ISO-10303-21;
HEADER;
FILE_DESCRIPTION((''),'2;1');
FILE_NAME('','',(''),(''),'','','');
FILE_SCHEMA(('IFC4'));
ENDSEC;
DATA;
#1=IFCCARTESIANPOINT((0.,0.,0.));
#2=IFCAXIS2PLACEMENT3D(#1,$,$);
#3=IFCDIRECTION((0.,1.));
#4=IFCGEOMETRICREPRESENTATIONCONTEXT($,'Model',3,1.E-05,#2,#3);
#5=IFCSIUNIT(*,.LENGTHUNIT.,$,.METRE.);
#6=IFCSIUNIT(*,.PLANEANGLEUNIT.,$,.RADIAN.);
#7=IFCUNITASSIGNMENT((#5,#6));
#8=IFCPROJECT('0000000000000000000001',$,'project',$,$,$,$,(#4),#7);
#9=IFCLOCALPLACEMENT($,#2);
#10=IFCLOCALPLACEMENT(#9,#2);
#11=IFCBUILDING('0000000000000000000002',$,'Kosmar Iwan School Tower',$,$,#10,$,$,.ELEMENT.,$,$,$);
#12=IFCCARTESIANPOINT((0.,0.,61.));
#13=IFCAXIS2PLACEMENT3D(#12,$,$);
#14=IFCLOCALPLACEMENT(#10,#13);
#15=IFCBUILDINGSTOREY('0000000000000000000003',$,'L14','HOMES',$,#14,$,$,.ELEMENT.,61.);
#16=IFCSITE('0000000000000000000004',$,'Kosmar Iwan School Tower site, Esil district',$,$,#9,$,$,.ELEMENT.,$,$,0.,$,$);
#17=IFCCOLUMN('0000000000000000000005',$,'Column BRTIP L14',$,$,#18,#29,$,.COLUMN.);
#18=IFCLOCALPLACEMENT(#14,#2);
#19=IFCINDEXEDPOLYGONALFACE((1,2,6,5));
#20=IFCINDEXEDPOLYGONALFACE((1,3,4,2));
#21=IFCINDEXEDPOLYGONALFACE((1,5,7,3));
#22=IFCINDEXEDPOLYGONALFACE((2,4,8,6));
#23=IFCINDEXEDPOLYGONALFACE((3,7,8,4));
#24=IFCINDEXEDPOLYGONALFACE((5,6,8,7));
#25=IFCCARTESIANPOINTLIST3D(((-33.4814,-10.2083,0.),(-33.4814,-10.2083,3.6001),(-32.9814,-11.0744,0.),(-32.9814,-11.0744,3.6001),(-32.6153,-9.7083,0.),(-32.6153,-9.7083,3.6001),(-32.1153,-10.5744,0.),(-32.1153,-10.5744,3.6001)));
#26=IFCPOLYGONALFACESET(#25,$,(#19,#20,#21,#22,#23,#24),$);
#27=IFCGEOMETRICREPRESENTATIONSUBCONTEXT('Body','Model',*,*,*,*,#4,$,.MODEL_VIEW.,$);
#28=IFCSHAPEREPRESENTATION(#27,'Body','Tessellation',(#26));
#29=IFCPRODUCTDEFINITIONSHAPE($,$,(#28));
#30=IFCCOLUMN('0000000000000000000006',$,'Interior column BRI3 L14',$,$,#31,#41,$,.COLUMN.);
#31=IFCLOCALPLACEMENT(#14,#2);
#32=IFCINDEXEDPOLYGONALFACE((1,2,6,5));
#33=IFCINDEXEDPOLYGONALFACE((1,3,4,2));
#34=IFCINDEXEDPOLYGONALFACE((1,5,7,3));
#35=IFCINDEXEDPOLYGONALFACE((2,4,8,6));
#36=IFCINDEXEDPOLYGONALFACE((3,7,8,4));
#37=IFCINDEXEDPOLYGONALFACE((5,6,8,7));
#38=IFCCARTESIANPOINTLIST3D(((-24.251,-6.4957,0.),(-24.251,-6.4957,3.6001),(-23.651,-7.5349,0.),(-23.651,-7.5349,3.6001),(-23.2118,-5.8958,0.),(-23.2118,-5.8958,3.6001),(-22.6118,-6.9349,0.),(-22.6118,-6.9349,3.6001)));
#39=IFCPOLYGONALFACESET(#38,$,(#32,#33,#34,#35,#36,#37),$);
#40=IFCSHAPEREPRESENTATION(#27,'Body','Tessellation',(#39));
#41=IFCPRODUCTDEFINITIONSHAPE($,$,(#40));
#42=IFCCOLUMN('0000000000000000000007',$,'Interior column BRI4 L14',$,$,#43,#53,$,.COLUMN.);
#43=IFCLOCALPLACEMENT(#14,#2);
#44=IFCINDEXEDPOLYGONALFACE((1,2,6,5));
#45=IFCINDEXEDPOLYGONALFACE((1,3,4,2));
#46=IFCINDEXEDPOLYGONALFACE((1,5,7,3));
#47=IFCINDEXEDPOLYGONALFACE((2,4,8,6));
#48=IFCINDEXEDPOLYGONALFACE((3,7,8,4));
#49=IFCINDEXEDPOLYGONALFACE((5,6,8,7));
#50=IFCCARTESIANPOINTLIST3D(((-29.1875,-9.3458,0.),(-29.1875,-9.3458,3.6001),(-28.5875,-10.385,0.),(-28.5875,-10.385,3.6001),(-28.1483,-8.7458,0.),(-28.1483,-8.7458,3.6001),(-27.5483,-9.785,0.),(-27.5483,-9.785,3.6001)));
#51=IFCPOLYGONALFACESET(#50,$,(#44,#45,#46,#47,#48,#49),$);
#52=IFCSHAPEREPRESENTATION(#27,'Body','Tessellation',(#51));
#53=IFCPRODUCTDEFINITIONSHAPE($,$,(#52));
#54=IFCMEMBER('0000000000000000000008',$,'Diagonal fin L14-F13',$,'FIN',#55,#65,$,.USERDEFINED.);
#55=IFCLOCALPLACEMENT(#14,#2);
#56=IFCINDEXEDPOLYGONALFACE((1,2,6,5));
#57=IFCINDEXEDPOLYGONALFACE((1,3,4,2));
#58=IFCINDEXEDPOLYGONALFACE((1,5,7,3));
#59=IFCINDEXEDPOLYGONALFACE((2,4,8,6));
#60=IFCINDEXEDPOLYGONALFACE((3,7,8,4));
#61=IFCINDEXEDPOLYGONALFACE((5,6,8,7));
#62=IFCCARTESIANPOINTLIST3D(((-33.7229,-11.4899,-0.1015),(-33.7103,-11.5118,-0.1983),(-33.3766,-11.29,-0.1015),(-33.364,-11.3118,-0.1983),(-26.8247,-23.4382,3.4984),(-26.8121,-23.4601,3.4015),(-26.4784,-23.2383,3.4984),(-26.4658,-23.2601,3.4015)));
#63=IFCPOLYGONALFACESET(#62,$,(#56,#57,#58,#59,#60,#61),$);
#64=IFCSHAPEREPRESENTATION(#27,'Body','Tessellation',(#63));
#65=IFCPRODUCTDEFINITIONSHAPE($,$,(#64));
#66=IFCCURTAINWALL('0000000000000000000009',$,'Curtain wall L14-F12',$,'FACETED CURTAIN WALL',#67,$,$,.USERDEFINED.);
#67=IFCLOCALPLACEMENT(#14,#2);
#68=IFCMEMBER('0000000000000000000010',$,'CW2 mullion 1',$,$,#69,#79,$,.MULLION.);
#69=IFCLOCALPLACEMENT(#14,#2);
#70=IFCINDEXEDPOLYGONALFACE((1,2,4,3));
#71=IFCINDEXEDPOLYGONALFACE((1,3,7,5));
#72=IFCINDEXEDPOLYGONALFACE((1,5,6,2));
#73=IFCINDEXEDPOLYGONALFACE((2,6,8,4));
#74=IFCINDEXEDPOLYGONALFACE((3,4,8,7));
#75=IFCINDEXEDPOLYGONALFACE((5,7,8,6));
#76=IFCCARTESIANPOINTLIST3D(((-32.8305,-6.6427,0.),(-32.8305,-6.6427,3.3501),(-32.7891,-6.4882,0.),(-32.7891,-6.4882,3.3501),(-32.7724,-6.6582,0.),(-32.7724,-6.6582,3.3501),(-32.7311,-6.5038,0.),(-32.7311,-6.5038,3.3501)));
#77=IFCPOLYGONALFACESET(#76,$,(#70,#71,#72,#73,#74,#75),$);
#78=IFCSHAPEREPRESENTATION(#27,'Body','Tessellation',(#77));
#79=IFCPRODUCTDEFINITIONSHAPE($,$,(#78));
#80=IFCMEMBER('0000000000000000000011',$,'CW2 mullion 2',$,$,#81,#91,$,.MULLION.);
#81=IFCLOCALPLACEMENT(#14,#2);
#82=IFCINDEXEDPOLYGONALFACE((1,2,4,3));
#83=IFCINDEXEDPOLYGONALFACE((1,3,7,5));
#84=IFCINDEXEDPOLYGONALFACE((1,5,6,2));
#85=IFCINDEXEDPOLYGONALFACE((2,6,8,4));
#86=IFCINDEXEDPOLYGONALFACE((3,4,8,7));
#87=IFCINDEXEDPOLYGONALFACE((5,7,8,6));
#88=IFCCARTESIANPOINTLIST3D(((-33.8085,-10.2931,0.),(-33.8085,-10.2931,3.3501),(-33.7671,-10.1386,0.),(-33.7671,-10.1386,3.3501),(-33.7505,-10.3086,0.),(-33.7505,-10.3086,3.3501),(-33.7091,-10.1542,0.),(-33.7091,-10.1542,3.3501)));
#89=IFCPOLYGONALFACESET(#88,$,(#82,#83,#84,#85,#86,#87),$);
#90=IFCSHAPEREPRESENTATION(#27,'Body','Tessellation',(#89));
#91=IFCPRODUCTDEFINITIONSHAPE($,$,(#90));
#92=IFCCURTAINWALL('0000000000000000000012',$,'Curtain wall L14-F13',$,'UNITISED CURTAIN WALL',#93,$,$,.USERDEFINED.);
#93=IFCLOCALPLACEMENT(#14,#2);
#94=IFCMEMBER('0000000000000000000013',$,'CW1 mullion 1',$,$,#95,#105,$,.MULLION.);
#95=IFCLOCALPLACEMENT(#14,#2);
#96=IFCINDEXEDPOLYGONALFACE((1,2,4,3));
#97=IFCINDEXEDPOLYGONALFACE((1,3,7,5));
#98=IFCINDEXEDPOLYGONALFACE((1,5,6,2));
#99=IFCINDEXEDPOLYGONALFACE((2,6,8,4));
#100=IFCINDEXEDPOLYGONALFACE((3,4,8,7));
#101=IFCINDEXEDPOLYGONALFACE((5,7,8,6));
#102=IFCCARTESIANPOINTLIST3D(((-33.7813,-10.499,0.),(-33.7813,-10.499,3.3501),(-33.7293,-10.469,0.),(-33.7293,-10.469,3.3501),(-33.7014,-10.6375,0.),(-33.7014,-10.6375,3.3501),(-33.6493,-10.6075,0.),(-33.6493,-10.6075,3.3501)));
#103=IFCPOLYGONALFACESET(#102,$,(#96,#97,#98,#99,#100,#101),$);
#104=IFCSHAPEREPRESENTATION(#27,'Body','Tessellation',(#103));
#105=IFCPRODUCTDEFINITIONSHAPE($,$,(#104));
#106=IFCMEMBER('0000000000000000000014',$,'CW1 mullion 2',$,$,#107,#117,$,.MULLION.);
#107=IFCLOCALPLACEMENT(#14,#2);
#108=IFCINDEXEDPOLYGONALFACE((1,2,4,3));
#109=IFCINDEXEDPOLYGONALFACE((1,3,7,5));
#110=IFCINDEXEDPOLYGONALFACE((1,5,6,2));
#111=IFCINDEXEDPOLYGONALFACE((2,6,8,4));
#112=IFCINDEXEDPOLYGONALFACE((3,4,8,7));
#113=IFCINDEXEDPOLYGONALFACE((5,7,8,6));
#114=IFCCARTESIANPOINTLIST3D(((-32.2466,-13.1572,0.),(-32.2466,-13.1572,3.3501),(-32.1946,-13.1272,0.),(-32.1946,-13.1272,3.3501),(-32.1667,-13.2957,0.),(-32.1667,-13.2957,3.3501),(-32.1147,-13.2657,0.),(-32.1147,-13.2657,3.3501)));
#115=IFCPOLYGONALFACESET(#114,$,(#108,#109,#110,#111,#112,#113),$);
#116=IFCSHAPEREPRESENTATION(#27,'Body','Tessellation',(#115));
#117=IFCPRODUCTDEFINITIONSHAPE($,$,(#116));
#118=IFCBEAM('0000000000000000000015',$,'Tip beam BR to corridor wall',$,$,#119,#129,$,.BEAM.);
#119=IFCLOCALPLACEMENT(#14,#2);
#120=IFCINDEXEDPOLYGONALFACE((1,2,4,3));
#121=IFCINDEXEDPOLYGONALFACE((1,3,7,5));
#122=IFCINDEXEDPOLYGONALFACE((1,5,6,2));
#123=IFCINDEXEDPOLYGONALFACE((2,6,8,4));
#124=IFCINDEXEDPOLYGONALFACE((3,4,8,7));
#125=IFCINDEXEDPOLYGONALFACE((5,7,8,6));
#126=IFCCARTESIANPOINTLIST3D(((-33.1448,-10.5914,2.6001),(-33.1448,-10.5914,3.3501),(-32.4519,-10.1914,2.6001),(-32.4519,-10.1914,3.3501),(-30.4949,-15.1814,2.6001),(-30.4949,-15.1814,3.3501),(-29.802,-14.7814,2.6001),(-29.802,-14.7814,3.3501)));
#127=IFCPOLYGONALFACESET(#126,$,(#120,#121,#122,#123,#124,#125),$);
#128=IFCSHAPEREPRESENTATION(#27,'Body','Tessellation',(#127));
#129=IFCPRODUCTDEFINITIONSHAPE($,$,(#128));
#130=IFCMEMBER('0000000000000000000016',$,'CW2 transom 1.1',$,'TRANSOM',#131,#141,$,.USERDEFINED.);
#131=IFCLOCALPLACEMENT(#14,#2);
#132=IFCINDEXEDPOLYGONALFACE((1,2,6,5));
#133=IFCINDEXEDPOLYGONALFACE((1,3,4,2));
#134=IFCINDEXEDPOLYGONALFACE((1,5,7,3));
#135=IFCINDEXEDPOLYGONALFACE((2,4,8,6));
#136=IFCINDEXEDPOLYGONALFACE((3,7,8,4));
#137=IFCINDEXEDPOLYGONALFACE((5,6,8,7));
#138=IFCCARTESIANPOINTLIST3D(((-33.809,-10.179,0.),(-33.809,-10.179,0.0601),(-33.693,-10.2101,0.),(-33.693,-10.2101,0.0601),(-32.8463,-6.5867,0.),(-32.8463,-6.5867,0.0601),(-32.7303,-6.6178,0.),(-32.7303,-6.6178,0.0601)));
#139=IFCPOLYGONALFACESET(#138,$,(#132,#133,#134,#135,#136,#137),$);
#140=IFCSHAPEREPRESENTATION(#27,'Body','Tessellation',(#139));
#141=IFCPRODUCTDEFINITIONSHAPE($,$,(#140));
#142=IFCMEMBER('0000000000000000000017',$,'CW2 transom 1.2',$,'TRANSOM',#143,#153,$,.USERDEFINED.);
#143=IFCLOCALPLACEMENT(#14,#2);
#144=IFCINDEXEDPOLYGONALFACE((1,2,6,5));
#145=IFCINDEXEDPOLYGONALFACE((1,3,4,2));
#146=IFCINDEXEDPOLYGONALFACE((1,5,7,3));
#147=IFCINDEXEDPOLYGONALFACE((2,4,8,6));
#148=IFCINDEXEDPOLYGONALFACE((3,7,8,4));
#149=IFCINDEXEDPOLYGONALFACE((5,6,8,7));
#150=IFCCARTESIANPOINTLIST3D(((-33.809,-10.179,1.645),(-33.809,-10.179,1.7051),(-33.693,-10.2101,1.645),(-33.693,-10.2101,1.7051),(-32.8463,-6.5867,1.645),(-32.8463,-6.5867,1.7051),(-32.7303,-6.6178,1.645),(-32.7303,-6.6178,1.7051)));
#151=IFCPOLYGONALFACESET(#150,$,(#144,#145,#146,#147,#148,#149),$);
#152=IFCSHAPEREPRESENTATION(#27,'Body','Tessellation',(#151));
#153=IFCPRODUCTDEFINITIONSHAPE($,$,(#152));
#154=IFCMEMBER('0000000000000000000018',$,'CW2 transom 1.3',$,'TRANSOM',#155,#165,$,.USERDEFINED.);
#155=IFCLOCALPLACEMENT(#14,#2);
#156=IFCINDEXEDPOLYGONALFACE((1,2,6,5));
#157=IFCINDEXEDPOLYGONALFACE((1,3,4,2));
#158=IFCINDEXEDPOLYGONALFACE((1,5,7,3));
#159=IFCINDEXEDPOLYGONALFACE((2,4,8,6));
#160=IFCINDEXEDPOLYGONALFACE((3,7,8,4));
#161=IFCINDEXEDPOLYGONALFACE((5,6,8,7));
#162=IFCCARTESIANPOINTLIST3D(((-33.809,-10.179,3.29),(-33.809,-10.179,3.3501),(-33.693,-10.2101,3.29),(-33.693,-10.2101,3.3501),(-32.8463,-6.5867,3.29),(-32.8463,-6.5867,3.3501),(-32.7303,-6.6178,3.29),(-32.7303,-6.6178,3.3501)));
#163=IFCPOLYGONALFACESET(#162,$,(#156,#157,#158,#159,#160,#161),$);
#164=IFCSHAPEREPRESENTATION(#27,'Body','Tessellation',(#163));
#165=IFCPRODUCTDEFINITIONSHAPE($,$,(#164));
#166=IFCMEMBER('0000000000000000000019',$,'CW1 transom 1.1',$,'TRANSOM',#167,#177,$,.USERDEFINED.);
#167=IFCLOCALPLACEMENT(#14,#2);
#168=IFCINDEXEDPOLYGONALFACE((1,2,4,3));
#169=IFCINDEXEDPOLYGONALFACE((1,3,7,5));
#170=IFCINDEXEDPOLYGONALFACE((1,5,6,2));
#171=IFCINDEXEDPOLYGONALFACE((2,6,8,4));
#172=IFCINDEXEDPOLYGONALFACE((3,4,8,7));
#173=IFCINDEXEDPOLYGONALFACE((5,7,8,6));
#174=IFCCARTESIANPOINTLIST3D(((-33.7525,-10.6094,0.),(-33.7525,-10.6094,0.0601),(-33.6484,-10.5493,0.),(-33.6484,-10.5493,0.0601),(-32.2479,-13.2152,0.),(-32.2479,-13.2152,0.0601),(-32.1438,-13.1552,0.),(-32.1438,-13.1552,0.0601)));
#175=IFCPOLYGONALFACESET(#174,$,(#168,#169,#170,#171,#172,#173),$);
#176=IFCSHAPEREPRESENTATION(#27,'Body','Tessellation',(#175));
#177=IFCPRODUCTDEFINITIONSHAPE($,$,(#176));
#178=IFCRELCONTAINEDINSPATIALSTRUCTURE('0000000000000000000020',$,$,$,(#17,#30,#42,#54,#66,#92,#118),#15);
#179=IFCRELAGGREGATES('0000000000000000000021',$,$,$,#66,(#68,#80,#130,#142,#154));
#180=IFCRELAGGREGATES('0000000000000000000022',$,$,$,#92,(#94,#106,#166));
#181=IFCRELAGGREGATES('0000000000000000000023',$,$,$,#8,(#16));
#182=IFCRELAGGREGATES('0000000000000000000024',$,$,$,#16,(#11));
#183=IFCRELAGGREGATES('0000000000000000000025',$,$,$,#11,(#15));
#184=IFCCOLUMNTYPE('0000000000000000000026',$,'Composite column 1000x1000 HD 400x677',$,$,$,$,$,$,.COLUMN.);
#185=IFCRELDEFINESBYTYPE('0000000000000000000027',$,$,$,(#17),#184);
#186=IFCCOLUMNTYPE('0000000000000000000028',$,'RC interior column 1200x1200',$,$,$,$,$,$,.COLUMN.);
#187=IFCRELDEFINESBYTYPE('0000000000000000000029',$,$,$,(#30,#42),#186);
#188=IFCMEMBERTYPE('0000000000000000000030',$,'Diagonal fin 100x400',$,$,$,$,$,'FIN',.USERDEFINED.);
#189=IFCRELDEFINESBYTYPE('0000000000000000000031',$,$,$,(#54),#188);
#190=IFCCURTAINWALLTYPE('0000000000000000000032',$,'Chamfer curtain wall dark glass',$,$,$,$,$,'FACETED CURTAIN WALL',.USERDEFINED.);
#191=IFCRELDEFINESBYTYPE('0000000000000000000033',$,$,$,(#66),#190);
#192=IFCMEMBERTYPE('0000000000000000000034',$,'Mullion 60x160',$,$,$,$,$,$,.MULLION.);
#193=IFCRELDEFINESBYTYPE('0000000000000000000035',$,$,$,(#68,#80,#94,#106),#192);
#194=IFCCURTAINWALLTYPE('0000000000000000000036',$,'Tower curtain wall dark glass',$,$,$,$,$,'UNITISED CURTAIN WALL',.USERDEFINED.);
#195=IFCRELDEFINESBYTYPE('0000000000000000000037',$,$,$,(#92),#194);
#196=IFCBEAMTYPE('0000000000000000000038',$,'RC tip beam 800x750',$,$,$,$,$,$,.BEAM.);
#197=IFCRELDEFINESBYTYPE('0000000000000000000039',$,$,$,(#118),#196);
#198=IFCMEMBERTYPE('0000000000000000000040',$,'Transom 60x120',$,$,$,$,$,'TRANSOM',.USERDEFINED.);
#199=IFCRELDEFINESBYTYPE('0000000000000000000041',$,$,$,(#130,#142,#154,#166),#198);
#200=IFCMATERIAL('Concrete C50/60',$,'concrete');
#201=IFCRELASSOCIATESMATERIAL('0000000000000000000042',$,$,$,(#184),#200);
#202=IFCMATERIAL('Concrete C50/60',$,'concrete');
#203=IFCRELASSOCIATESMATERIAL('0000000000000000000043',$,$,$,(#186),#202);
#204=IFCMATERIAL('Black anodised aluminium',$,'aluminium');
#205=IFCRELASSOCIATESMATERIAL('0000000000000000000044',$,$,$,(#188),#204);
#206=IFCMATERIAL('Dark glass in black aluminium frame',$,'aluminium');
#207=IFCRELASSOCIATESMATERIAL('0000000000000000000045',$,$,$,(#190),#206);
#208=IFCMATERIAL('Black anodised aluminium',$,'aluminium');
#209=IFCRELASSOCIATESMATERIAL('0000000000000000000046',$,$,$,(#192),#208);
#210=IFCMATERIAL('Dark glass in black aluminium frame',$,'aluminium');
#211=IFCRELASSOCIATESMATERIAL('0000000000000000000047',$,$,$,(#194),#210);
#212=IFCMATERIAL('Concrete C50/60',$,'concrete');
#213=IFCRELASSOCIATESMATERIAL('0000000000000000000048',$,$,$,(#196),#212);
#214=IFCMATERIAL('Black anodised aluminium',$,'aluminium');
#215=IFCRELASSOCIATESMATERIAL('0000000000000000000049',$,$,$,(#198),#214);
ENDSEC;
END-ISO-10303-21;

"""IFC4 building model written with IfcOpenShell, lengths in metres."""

from ifc_helpers import new_model, si_unit, direction, frame, origin, origin_2d, place, context, subcontext, project, spatial, rectangle, extrude, material, material_profile, profile_set, type_object, element, aggregate, save


model = new_model("IFC4")

# Units and contexts
model_context = context("Model", 3, precision=1e-05, world=origin(), true_north=direction((0.0, 1.0)))
body_context = subcontext(model_context, "Body", "Model", "MODEL_VIEW")
ifc_project = project(units=[si_unit("LENGTHUNIT", "METRE"), si_unit("PLANEANGLEUNIT", "RADIAN")], contexts=[model_context])

# Site, building, storey
site_placement = place(None, origin())
site = spatial("IfcSite", under=ifc_project, at=site_placement, Name="Kosmar Iwan School Tower site, Esil district", CompositionType="ELEMENT", RefElevation=0.0)
building_placement = place(site_placement, origin())
building = spatial("IfcBuilding", under=site, at=building_placement, Name="Kosmar Iwan School Tower", CompositionType="ELEMENT")
storey_placement = place(building_placement, frame((0.0, 0.0, 61.0)))
storey = spatial("IfcBuildingStorey", under=building, at=storey_placement, Name="L14", Description="HOMES", CompositionType="ELEMENT", Elevation=61.0)

# Columns
ifc_material_1 = material(Name="Concrete C50/60", Category="concrete")
ifc_material_profile_1 = material_profile(ifc_material_1, rectangle(XDim=1.0, YDim=1.0, at=origin_2d()), Name="RC 1000x1000 + HD 400x677")
ifc_profile_set_1 = profile_set([ifc_material_profile_1], Name="Concrete C50/60")
column_type_1 = type_object("IfcColumnType", Name="Composite column 1000x1000 HD 400x677", PredefinedType="COLUMN", material=ifc_profile_set_1)
column_placement = place(storey_placement, frame((-32.7983, -10.3914, 0.0), z_axis=(0.0, 0.0, 1.0), x_axis=(-0.866025, -0.5, 0.0)))
element("IfcColumn", 1, at=column_placement, inside=storey, type_object=column_type_1, Name="Column BRTIP L14", PredefinedType="COLUMN", context=body_context, shape_type="SweptSolid", body=[
    extrude(rectangle(XDim=1.0, YDim=1.0, at=origin_2d()), origin(), (0.0, 0.0, 1.0), 3.6001),
])
ifc_material_2 = material(Name="Concrete C50/60", Category="concrete")
ifc_material_profile_2 = material_profile(ifc_material_2, rectangle(XDim=1.2, YDim=1.2, at=origin_2d()), Name="RC 1200x1200")
ifc_profile_set_2 = profile_set([ifc_material_profile_2], Name="Concrete C50/60")
column_type_2 = type_object("IfcColumnType", Name="RC interior column 1200x1200", PredefinedType="COLUMN", material=ifc_profile_set_2)
for number, where, z_axis, x_axis, name in (
    (2, (-23.4314, -6.7153, 0.0), (0.0, 0.0, 1.0), (-0.866025, -0.5, 0.0), "Interior column BRI3 L14"),
    (3, (-28.3679, -9.5654, 0.0), (0.0, 0.0, 1.0), (-0.866025, -0.5, 0.0), "Interior column BRI4 L14"),
):
    element("IfcColumn", number, at=place(storey_placement, frame(where, z_axis=z_axis, x_axis=x_axis)), inside=storey, type_object=column_type_2, Name=name, PredefinedType="COLUMN", context=body_context, shape_type="SweptSolid", body=[
        extrude(rectangle(XDim=1.2, YDim=1.2, at=origin_2d()), origin(), (0.0, 0.0, 1.0), 3.6001),
    ])

# Member
ifc_material_3 = material(Name="Black anodised aluminium", Category="aluminium")
ifc_material_profile_3 = material_profile(ifc_material_3, rectangle(XDim=0.1001, YDim=0.3999, at=origin_2d()), Name="FIN 100x400")
ifc_profile_set_3 = profile_set([ifc_material_profile_3], Name="Black anodised aluminium")
member_type_1 = type_object("IfcMemberType", Name="Diagonal fin 100x400", ElementType="FIN", PredefinedType="USERDEFINED", material=ifc_profile_set_3)
member_1_placement = place(storey_placement, frame((-33.5435, -11.4009, -0.1499), z_axis=(0.483796, -0.837974, 0.252471), x_axis=(-0.126234, 0.218647, 0.967604)))
element("IfcMember", 4, at=member_1_placement, inside=storey, type_object=member_type_1, Name="Diagonal fin L14-F13", ObjectType="FIN", PredefinedType="USERDEFINED", context=body_context, shape_type="SweptSolid", body=[
    extrude(rectangle(XDim=0.1001, YDim=0.3999, at=origin_2d()), origin(), (0.0, 0.0, 1.0), 14.2585),
])

# Curtain walls, members
ifc_material_4 = material(Name="Dark glass in black aluminium frame", Category="aluminium")
curtain_wall_type_1 = type_object("IfcCurtainWallType", Name="Chamfer curtain wall dark glass", ElementType="FACETED CURTAIN WALL", PredefinedType="USERDEFINED", material=ifc_material_4)
curtain_wall_1_placement = place(storey_placement, origin())
curtain_wall_1 = element("IfcCurtainWall", 5, at=curtain_wall_1_placement, inside=storey, type_object=curtain_wall_type_1, Name="Curtain wall L14-F12", ObjectType="FACETED CURTAIN WALL", PredefinedType="USERDEFINED")
ifc_material_5 = material(Name="Black anodised aluminium", Category="aluminium")
ifc_material_profile_4 = material_profile(ifc_material_5, rectangle(XDim=0.0601, YDim=0.1599, at=origin_2d()), Name="MULLION 60x160")
ifc_profile_set_4 = profile_set([ifc_material_profile_4], Name="Black anodised aluminium")
member_type_2 = type_object("IfcMemberType", Name="Mullion 60x160", PredefinedType="MULLION", material=ifc_profile_set_4)
member_2_placement = place(storey_placement, frame((-32.7808, -6.5732, 0.0), z_axis=(0.0, 0.0, 1.0), x_axis=(0.965926, -0.258819, 0.0)))
member_2 = element("IfcMember", 6, at=member_2_placement, type_object=member_type_2, Name="CW2 mullion 1", PredefinedType="MULLION", context=body_context, shape_type="SweptSolid", body=[
    extrude(rectangle(XDim=0.0601, YDim=0.1599, at=origin_2d()), origin(), (0.0, 0.0, 1.0), 3.3501),
])
member_3_placement = place(storey_placement, frame((-33.7588, -10.2236, 0.0), z_axis=(0.0, 0.0, 1.0), x_axis=(0.965926, -0.258819, 0.0)))
member_3 = element("IfcMember", 7, at=member_3_placement, type_object=member_type_2, Name="CW2 mullion 2", PredefinedType="MULLION", context=body_context, shape_type="SweptSolid", body=[
    extrude(rectangle(XDim=0.0601, YDim=0.1599, at=origin_2d()), origin(), (0.0, 0.0, 1.0), 3.3501),
])
ifc_material_6 = material(Name="Dark glass in black aluminium frame", Category="aluminium")
curtain_wall_type_2 = type_object("IfcCurtainWallType", Name="Tower curtain wall dark glass", ElementType="UNITISED CURTAIN WALL", PredefinedType="USERDEFINED", material=ifc_material_6)
curtain_wall_2_placement = place(storey_placement, origin())
curtain_wall_2 = element("IfcCurtainWall", 8, at=curtain_wall_2_placement, inside=storey, type_object=curtain_wall_type_2, Name="Curtain wall L14-F13", ObjectType="UNITISED CURTAIN WALL", PredefinedType="USERDEFINED")
member_4_placement = place(storey_placement, frame((-33.7153, -10.5532, 0.0), z_axis=(0.0, 0.0, 1.0), x_axis=(0.866025, 0.5, 0.0)))
member_4 = element("IfcMember", 9, at=member_4_placement, type_object=member_type_2, Name="CW1 mullion 1", PredefinedType="MULLION", context=body_context, shape_type="SweptSolid", body=[
    extrude(rectangle(XDim=0.0601, YDim=0.1599, at=origin_2d()), origin(), (0.0, 0.0, 1.0), 3.3501),
])
member_5_placement = place(storey_placement, frame((-32.1807, -13.2114, 0.0), z_axis=(0.0, 0.0, 1.0), x_axis=(0.866025, 0.5, 0.0)))
member_5 = element("IfcMember", 10, at=member_5_placement, type_object=member_type_2, Name="CW1 mullion 2", PredefinedType="MULLION", context=body_context, shape_type="SweptSolid", body=[
    extrude(rectangle(XDim=0.0601, YDim=0.1599, at=origin_2d()), origin(), (0.0, 0.0, 1.0), 3.3501),
])

# Beam
ifc_material_7 = material(Name="Concrete C50/60", Category="concrete")
ifc_material_profile_5 = material_profile(ifc_material_7, rectangle(XDim=0.8, YDim=0.75, at=origin_2d()), Name="RC 800x750")
ifc_profile_set_5 = profile_set([ifc_material_profile_5], Name="Concrete C50/60")
beam_type = type_object("IfcBeamType", Name="RC tip beam 800x750", PredefinedType="BEAM", material=ifc_profile_set_5)
beam_placement = place(storey_placement, frame((-32.7983, -10.3914, 2.9751), z_axis=(0.499974, -0.866041, 0.0), x_axis=(0.866041, 0.499974, 0.0)))
element("IfcBeam", 11, at=beam_placement, inside=storey, type_object=beam_type, Name="Tip beam BR to corridor wall", PredefinedType="BEAM", context=body_context, shape_type="SweptSolid", body=[
    extrude(rectangle(XDim=0.8, YDim=0.75, at=origin_2d()), origin(), (0.0, 0.0, 1.0), 5.3),
])

# Members
ifc_material_8 = material(Name="Black anodised aluminium", Category="aluminium")
ifc_material_profile_6 = material_profile(ifc_material_8, rectangle(XDim=0.1201, YDim=0.0601, at=origin_2d()), Name="TRANSOM 60x120")
ifc_profile_set_6 = profile_set([ifc_material_profile_6], Name="Black anodised aluminium")
member_type_3 = type_object("IfcMemberType", Name="Transom 60x120", ElementType="TRANSOM", PredefinedType="USERDEFINED", material=ifc_profile_set_6)
member_6_placement = place(storey_placement, frame((-32.7883, -6.6023, 0.03), z_axis=(-0.258843, -0.965919, 0.0), x_axis=(0.965919, -0.258843, 0.0)))
member_6 = element("IfcMember", 12, at=member_6_placement, type_object=member_type_3, Name="CW2 transom 1.1", ObjectType="TRANSOM", PredefinedType="USERDEFINED", context=body_context, shape_type="SweptSolid", body=[
    extrude(rectangle(XDim=0.1201, YDim=0.0601, at=origin_2d()), origin(), (0.0, 0.0, 1.0), 3.719),
])
member_7_placement = place(storey_placement, frame((-32.7883, -6.6023, 1.675), z_axis=(-0.258843, -0.965919, 0.0), x_axis=(0.965919, -0.258843, 0.0)))
member_7 = element("IfcMember", 13, at=member_7_placement, type_object=member_type_3, Name="CW2 transom 1.2", ObjectType="TRANSOM", PredefinedType="USERDEFINED", context=body_context, shape_type="SweptSolid", body=[
    extrude(rectangle(XDim=0.1201, YDim=0.0601, at=origin_2d()), origin(), (0.0, 0.0, 1.0), 3.719),
])
member_8_placement = place(storey_placement, frame((-32.7883, -6.6023, 3.3201), z_axis=(-0.258843, -0.965919, 0.0), x_axis=(0.965919, -0.258843, 0.0)))
member_8 = element("IfcMember", 14, at=member_8_placement, type_object=member_type_3, Name="CW2 transom 1.3", ObjectType="TRANSOM", PredefinedType="USERDEFINED", context=body_context, shape_type="SweptSolid", body=[
    extrude(rectangle(XDim=0.1201, YDim=0.0601, at=origin_2d()), origin(), (0.0, 0.0, 1.0), 3.719),
])
member_9_placement = place(storey_placement, frame((-33.7004, -10.5793, 0.03), z_axis=(0.500022, -0.866013, 0.0), x_axis=(0.866013, 0.500022, 0.0)))
member_9 = element("IfcMember", 15, at=member_9_placement, type_object=member_type_3, Name="CW1 transom 1.1", ObjectType="TRANSOM", PredefinedType="USERDEFINED", context=body_context, shape_type="SweptSolid", body=[
    extrude(rectangle(XDim=0.1201, YDim=0.0601, at=origin_2d()), origin(), (0.0, 0.0, 1.0), 3.009),
])

aggregate(curtain_wall_1, [member_2, member_3, member_6, member_7, member_8])
aggregate(curtain_wall_2, [member_4, member_5, member_9])

save(model, "model.ifc")
